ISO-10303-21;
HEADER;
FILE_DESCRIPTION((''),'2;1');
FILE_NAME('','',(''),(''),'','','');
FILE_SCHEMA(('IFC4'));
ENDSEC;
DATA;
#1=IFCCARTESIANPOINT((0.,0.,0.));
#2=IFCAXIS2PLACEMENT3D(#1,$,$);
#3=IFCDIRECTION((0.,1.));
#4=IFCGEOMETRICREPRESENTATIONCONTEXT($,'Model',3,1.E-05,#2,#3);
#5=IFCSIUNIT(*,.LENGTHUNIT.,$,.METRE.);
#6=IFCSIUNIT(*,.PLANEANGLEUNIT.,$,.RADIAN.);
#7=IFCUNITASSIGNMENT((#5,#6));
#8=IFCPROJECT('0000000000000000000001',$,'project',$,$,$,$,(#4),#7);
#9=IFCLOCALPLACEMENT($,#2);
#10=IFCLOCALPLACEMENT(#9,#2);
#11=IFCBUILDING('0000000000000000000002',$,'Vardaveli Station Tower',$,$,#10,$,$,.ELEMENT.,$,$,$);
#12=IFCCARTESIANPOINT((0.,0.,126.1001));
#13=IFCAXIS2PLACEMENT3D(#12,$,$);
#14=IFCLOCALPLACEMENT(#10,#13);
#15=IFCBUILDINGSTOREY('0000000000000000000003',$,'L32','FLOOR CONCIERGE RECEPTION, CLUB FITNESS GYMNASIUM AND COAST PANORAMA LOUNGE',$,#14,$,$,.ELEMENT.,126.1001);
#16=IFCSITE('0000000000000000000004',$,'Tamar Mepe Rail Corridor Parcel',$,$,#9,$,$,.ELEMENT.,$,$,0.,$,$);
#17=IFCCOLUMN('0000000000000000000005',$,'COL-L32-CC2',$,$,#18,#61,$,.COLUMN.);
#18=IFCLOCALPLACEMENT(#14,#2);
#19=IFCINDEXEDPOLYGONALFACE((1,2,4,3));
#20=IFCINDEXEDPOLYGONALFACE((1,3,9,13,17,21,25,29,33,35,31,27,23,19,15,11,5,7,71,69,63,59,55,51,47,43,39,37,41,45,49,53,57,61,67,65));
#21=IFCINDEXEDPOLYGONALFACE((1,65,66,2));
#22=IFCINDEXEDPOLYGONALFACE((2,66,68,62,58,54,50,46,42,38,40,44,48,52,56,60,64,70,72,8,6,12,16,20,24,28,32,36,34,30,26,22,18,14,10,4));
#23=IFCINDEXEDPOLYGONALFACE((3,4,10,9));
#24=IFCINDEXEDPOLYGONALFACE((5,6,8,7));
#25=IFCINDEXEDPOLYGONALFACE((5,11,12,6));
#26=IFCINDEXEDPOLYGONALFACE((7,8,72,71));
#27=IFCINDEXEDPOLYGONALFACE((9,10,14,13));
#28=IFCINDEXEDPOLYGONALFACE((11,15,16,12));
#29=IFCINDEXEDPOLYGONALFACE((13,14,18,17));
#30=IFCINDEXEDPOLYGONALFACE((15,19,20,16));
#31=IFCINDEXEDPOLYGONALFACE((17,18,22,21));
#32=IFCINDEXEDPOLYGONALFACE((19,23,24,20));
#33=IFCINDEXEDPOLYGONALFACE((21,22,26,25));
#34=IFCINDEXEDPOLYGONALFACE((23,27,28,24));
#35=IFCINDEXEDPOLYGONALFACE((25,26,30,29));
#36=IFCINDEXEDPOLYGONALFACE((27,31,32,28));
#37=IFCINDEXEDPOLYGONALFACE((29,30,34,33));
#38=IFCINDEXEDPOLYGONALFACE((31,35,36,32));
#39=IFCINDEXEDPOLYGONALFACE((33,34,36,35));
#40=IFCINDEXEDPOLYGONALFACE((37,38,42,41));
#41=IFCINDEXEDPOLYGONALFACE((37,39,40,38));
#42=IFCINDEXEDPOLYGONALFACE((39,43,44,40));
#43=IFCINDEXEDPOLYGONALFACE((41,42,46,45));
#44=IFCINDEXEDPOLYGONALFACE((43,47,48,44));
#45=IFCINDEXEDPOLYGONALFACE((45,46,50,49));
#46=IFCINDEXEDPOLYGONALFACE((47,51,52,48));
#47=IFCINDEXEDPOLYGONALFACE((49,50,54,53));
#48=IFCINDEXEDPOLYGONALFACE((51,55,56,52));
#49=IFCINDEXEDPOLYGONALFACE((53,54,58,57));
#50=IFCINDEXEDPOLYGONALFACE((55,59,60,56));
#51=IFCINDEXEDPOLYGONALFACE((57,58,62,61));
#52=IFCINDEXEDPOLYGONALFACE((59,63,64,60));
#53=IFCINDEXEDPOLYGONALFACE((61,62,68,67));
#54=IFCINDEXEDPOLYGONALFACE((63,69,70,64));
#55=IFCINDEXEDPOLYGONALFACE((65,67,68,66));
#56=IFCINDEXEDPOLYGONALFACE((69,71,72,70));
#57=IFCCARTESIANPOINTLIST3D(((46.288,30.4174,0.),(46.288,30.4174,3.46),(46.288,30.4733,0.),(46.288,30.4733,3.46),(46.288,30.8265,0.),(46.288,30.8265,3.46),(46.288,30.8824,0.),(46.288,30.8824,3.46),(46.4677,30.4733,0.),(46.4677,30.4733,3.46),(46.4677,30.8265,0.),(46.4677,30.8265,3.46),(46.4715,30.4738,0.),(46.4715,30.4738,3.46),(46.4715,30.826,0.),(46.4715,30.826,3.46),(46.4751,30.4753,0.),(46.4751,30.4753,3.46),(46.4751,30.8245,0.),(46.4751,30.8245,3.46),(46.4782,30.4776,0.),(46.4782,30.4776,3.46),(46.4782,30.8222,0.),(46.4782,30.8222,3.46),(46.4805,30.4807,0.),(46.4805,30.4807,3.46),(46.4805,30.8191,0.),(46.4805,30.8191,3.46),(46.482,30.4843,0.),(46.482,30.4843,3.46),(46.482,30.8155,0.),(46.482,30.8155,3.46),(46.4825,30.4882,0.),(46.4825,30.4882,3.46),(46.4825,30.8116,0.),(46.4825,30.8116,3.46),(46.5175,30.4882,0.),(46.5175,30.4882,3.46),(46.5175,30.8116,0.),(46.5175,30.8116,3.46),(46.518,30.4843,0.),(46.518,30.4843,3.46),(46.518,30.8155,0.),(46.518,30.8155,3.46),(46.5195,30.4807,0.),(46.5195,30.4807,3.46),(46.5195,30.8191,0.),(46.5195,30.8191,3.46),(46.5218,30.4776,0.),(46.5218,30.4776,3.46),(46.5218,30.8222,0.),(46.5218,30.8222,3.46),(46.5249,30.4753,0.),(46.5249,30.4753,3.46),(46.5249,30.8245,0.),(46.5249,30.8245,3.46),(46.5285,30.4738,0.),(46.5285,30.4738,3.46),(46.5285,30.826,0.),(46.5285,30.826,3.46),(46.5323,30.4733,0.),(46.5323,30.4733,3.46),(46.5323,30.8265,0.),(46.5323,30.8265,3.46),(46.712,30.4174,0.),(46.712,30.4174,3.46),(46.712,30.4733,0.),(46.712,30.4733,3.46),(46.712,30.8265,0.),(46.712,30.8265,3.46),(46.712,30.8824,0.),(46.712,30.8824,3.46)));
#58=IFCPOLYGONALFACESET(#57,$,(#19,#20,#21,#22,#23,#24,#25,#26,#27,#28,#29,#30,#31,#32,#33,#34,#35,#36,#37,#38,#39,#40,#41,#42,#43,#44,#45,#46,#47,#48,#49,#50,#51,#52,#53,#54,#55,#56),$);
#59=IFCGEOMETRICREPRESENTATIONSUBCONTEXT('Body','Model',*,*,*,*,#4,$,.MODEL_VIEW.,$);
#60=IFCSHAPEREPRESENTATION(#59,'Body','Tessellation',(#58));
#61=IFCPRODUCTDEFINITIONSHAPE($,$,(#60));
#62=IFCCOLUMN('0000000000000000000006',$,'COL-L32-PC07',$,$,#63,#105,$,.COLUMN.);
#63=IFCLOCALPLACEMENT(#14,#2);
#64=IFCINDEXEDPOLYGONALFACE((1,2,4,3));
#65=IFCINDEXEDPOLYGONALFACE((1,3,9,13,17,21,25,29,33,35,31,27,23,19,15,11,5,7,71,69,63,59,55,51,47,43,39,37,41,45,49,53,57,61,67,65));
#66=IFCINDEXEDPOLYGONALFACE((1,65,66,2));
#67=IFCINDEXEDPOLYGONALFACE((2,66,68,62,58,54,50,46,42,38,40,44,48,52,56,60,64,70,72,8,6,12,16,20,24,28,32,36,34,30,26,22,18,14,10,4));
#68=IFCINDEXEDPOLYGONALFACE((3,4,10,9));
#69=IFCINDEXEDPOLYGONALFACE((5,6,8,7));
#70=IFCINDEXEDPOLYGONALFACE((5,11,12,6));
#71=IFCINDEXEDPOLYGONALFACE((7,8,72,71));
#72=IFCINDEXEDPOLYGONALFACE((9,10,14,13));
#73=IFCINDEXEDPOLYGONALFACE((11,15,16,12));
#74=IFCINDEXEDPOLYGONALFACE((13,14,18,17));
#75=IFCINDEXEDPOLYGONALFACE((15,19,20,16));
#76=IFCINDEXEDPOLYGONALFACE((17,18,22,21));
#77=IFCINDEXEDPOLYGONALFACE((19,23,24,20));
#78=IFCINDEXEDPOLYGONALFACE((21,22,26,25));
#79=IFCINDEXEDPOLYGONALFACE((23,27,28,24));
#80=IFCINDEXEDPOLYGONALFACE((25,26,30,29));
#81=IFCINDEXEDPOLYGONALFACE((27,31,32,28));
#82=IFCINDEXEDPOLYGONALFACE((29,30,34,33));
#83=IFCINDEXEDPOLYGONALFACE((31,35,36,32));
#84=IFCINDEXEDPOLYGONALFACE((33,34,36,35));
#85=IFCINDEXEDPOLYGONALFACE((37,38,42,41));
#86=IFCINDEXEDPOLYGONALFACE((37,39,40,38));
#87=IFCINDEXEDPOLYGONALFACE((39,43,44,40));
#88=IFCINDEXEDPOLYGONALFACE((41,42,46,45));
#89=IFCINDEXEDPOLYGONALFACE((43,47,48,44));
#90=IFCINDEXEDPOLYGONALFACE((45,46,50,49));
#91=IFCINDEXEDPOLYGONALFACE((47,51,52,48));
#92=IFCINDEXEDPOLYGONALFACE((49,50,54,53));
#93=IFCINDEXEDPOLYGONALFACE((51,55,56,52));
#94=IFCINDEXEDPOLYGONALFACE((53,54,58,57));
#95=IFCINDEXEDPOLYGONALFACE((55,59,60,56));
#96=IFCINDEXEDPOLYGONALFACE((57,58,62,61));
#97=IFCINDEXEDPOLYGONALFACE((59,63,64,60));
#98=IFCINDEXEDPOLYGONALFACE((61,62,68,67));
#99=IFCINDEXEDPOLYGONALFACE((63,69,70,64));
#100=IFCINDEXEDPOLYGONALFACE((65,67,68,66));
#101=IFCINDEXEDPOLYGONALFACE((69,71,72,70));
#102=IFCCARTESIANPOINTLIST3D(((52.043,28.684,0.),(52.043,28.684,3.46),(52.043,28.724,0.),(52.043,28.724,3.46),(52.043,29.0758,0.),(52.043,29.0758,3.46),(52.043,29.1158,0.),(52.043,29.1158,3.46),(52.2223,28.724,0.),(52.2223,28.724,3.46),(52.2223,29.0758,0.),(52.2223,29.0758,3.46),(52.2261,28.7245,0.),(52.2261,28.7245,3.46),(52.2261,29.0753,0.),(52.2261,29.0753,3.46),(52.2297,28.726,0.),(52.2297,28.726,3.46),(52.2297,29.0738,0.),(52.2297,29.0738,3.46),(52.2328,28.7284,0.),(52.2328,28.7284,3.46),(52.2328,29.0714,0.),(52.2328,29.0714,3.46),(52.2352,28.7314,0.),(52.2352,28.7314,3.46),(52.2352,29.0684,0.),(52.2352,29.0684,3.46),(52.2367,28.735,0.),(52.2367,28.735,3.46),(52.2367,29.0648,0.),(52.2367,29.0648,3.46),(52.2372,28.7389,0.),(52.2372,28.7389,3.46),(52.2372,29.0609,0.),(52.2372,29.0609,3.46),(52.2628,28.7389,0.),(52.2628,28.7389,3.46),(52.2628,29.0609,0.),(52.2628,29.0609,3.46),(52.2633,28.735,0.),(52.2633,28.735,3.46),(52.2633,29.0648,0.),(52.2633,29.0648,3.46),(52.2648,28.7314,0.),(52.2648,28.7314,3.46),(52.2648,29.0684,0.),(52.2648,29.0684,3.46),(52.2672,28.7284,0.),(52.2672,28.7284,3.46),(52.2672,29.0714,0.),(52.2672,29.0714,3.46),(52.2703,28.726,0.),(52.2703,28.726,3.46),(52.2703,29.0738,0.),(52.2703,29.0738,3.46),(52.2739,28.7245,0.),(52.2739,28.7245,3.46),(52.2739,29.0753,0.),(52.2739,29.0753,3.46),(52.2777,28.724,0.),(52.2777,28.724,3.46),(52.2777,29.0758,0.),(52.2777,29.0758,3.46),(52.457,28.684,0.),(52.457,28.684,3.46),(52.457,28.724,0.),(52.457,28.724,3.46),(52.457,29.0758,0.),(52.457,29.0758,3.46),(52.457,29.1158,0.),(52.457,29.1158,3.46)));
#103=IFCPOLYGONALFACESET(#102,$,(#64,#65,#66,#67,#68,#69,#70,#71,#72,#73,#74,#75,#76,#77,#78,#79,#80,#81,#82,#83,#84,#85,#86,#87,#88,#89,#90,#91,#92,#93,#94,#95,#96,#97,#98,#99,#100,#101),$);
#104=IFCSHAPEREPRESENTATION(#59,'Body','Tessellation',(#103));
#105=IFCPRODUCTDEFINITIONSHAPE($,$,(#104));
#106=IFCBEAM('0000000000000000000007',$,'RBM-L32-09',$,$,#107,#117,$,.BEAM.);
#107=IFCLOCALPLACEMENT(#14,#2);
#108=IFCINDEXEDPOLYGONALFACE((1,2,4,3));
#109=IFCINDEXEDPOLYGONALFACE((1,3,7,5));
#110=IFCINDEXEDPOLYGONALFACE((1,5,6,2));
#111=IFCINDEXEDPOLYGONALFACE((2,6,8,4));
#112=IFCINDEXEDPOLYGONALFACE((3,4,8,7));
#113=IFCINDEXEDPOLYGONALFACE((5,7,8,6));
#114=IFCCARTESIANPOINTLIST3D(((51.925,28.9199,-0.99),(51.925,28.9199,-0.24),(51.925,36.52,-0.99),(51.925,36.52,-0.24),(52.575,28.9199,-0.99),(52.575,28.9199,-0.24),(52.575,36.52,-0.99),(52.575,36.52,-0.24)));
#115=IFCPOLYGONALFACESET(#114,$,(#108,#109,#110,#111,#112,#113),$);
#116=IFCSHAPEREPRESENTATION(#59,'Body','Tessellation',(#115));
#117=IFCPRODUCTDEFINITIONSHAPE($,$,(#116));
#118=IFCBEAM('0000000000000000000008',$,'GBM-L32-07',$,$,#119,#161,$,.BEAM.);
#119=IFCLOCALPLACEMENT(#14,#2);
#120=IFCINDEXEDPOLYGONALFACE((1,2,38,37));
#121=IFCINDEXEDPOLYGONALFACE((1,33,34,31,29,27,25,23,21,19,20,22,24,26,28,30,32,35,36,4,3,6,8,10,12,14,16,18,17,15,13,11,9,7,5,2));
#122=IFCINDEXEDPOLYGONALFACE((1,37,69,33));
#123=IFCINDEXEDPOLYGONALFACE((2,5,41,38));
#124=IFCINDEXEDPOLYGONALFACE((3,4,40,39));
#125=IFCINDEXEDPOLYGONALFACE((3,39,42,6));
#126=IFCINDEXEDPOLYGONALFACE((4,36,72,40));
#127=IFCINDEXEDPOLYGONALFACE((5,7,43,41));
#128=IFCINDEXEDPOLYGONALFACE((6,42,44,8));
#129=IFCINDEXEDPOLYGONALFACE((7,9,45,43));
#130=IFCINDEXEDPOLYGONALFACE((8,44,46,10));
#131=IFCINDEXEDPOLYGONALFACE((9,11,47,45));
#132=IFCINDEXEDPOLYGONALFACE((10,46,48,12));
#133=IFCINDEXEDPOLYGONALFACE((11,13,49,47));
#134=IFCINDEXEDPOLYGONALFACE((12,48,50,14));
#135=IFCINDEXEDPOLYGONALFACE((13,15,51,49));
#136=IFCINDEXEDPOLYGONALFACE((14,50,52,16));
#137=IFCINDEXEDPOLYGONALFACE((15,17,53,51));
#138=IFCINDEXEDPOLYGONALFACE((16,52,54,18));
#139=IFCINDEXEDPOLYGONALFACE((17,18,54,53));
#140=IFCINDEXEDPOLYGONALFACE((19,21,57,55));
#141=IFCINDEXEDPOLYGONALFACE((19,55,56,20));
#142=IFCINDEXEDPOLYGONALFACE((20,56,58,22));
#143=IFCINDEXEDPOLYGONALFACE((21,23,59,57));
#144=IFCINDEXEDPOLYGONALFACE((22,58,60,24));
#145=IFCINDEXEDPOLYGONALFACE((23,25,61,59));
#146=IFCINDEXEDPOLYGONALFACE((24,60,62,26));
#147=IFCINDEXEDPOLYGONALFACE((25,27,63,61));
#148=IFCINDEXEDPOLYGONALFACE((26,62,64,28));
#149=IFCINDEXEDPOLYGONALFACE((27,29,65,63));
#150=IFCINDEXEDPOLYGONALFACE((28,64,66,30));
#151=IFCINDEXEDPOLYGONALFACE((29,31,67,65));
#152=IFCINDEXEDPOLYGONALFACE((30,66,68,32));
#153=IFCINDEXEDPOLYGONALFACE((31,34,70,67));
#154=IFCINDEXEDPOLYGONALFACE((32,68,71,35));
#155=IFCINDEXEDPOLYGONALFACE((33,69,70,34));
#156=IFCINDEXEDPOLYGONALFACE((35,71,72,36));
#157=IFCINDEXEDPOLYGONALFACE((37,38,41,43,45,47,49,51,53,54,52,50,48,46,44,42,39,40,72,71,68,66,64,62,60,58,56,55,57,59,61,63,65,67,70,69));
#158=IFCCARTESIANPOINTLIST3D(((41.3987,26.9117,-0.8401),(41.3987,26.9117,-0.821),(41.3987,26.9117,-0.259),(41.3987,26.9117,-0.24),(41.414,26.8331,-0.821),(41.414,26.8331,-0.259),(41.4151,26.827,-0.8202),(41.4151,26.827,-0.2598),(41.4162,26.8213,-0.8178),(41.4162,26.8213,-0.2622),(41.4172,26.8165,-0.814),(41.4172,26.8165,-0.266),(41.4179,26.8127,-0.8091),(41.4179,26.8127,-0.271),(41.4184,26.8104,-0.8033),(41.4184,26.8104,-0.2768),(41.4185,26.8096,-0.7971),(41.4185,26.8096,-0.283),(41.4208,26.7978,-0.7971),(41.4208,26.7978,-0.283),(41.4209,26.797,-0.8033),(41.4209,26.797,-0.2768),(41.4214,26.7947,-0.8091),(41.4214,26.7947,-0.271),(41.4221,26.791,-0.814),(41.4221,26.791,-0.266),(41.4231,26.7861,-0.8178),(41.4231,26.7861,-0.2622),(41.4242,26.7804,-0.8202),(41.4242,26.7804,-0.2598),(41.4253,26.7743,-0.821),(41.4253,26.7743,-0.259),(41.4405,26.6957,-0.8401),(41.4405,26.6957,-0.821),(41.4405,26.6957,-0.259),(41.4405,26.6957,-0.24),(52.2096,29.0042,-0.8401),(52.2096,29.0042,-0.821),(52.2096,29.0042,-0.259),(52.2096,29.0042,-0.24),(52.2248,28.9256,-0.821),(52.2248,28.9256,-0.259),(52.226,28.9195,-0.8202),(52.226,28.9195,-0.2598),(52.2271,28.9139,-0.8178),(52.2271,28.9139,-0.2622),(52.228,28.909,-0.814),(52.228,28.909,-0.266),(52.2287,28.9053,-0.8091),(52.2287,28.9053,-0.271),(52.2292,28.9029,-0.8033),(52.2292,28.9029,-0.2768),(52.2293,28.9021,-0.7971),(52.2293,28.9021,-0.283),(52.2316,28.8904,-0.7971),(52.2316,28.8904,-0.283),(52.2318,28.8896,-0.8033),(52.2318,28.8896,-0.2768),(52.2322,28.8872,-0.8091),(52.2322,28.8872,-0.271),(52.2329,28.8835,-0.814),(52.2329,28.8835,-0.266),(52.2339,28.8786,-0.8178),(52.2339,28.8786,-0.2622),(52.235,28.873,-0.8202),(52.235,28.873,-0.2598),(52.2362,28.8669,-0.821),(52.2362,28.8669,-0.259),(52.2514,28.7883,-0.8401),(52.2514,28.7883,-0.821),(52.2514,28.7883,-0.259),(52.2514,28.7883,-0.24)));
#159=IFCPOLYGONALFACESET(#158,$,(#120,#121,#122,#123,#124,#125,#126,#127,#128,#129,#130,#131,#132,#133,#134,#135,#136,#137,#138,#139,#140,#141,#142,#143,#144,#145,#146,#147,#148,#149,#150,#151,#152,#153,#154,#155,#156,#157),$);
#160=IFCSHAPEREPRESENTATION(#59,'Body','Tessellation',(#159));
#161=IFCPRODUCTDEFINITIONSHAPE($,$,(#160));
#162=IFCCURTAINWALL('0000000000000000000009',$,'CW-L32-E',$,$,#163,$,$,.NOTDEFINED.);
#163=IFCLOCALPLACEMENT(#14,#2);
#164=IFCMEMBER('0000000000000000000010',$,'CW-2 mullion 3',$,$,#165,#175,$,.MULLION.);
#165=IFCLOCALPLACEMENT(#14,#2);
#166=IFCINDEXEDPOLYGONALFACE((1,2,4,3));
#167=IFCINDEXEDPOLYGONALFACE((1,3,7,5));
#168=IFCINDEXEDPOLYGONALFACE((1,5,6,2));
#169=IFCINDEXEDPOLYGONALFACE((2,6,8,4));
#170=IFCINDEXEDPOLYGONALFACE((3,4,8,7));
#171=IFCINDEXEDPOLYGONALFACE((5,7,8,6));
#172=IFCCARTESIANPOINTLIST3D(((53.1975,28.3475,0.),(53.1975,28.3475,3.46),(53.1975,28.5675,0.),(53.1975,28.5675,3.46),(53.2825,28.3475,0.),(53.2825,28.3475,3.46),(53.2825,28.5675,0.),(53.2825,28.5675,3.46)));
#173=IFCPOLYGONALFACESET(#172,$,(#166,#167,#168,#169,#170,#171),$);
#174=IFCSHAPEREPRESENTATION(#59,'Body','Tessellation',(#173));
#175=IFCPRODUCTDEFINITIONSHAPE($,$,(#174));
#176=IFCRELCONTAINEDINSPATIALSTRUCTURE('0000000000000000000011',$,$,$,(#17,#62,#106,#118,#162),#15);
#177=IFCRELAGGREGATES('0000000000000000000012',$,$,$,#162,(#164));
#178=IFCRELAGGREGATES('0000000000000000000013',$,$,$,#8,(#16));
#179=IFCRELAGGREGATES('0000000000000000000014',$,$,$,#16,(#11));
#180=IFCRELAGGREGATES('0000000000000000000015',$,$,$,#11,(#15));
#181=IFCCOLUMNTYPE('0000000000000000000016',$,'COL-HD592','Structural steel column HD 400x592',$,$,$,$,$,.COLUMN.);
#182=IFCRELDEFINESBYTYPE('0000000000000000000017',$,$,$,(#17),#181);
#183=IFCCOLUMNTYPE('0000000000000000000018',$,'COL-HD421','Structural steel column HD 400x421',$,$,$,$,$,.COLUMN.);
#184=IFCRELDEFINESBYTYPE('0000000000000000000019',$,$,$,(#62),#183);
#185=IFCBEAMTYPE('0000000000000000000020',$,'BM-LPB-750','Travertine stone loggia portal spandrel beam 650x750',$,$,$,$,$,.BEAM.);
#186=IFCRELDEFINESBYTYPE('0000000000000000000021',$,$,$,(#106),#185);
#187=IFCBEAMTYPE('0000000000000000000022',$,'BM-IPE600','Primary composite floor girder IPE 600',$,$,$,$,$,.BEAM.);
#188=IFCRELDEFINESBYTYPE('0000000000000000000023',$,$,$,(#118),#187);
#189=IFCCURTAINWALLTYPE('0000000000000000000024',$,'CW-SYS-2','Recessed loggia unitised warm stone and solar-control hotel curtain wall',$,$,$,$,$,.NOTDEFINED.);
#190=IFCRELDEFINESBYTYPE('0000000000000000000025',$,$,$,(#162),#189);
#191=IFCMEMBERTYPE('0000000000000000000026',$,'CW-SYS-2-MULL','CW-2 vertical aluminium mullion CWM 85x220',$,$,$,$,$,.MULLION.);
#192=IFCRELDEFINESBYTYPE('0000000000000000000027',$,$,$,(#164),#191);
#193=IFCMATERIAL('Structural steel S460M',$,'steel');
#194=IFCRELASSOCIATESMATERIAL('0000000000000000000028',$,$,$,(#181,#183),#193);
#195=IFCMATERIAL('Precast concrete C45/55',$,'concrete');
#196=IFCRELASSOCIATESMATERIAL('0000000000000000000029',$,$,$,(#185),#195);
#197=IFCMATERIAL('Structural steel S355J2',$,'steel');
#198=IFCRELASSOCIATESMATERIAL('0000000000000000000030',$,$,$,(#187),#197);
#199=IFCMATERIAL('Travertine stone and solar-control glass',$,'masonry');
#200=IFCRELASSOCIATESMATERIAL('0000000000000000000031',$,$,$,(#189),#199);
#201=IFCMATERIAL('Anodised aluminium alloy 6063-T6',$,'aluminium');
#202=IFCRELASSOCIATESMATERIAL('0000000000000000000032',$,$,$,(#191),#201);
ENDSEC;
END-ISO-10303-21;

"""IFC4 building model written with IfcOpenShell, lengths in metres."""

from ifc_helpers import new_model, si_unit, direction, frame, origin, origin_2d, place, context, subcontext, project, spatial, rectangle, i_section, extrude, source, transform, mapped, material, material_profile, profile_set, type_object, element, aggregate, save


model = new_model("IFC4")

# Units and contexts
model_context = context("Model", 3, precision=1e-05, world=origin(), true_north=direction((0.0, 1.0)))
body_context = subcontext(model_context, "Body", "Model", "MODEL_VIEW")
ifc_project = project(units=[si_unit("LENGTHUNIT", "METRE"), si_unit("PLANEANGLEUNIT", "RADIAN")], contexts=[model_context])

# Site, building, storey
site_placement = place(None, origin())
site = spatial("IfcSite", under=ifc_project, at=site_placement, Name="Tamar Mepe Rail Corridor Parcel", CompositionType="ELEMENT", RefElevation=0.0)
building_placement = place(site_placement, origin())
building = spatial("IfcBuilding", under=site, at=building_placement, Name="Vardaveli Station Tower", CompositionType="ELEMENT")
storey_placement = place(building_placement, frame((0.0, 0.0, 126.1001)))
storey = spatial("IfcBuildingStorey", under=building, at=storey_placement, Name="L32", Description="FLOOR CONCIERGE RECEPTION, CLUB FITNESS GYMNASIUM AND COAST PANORAMA LOUNGE", CompositionType="ELEMENT", Elevation=126.1001)

# Columns
ifc_material_1 = material(Name="Structural steel S460M", Category="steel")
ifc_material_profile_1 = material_profile(ifc_material_1, i_section(OverallWidth=0.4241, OverallDepth=0.4651, WebThickness=0.0349, FlangeThickness=0.0559, FilletRadius=0.0149, at=origin_2d()), Name="HD 400x592")
ifc_profile_set_1 = profile_set([ifc_material_profile_1], Name="Structural steel S460M")
column_type_1 = type_object("IfcColumnType", Name="COL-HD592", Description="Structural steel column HD 400x592", PredefinedType="COLUMN", material=ifc_profile_set_1)
shared_shape_1 = source(origin(), body_context, "Body", "SweptSolid", [
    extrude(i_section(OverallWidth=0.4241, OverallDepth=0.4651, WebThickness=0.0349, FlangeThickness=0.0559, FilletRadius=0.0149, at=origin_2d()), origin(), (0.0, 0.0, 1.0), 3.46),
])
column_1_placement = place(storey_placement, frame((46.5, 30.6499, 0.0), z_axis=(0.0, 0.0, 1.0), x_axis=(1.0, 0.0, 0.0)))
element("IfcColumn", 1, at=column_1_placement, inside=storey, type_object=column_type_1, Name="COL-L32-CC2", PredefinedType="COLUMN", context=body_context, shape_type="MappedRepresentation", body=[
    mapped(shared_shape_1, transform((0.0, 0.0, 0.0), scale=1.0)),
])
ifc_material_profile_2 = material_profile(ifc_material_1, i_section(OverallWidth=0.4141, OverallDepth=0.4319, WebThickness=0.0256, FlangeThickness=0.04, FilletRadius=0.0149, at=origin_2d()), Name="HD 400x421")
ifc_profile_set_2 = profile_set([ifc_material_profile_2], Name="Structural steel S460M")
column_type_2 = type_object("IfcColumnType", Name="COL-HD421", Description="Structural steel column HD 400x421", PredefinedType="COLUMN", material=ifc_profile_set_2)
shared_shape_2 = source(origin(), body_context, "Body", "SweptSolid", [
    extrude(i_section(OverallWidth=0.4141, OverallDepth=0.4319, WebThickness=0.0256, FlangeThickness=0.04, FilletRadius=0.0149, at=origin_2d()), origin(), (0.0, 0.0, 1.0), 3.46),
])
column_2_placement = place(storey_placement, frame((52.25, 28.8999, 0.0), z_axis=(0.0, 0.0, 1.0), x_axis=(1.0, 0.0, 0.0)))
element("IfcColumn", 2, at=column_2_placement, inside=storey, type_object=column_type_2, Name="COL-L32-PC07", PredefinedType="COLUMN", context=body_context, shape_type="MappedRepresentation", body=[
    mapped(shared_shape_2, transform((0.0, 0.0, 0.0), scale=1.0)),
])

# Beams
ifc_material_2 = material(Name="Precast concrete C45/55", Category="concrete")
ifc_material_profile_3 = material_profile(ifc_material_2, rectangle(XDim=0.6499, YDim=0.75, at=origin_2d()), Name="LPB 650x750")
ifc_profile_set_3 = profile_set([ifc_material_profile_3], Name="Precast concrete C45/55")
beam_type_1 = type_object("IfcBeamType", Name="BM-LPB-750", Description="Travertine stone loggia portal spandrel beam 650x750", PredefinedType="BEAM", material=ifc_profile_set_3)
shared_shape_3 = source(origin(), body_context, "Body", "SweptSolid", [
    extrude(rectangle(XDim=0.6499, YDim=0.75, at=origin_2d()), origin(), (0.0, 0.0, 1.0), 7.6001),
])
beam_1_placement = place(storey_placement, frame((52.25, 28.9199, -0.615), z_axis=(0.0, 1.0, 0.0), x_axis=(-1.0, 0.0, 0.0)))
element("IfcBeam", 3, at=beam_1_placement, inside=storey, type_object=beam_type_1, Name="RBM-L32-09", PredefinedType="BEAM", context=body_context, shape_type="MappedRepresentation", body=[
    mapped(shared_shape_3, transform((0.0, 0.0, 0.0), scale=1.0)),
])
ifc_material_3 = material(Name="Structural steel S355J2", Category="steel")
ifc_material_profile_4 = material_profile(ifc_material_3, i_section(OverallWidth=0.22, OverallDepth=0.6001, WebThickness=0.012, FlangeThickness=0.019, FilletRadius=0.0239, at=origin_2d()), Name="IPE 600")
ifc_profile_set_4 = profile_set([ifc_material_profile_4], Name="Structural steel S355J2")
beam_type_2 = type_object("IfcBeamType", Name="BM-IPE600", Description="Primary composite floor girder IPE 600", PredefinedType="BEAM", material=ifc_profile_set_4)
shared_shape_4 = source(origin(), body_context, "Body", "SweptSolid", [
    extrude(i_section(OverallWidth=0.22, OverallDepth=0.6001, WebThickness=0.012, FlangeThickness=0.019, FilletRadius=0.0239, at=origin_2d()), origin(), (0.0, 0.0, 1.0), 11.0115),
])
beam_2_placement = place(storey_placement, frame((52.2305, 28.8962, -0.54), z_axis=(-0.981778, -0.190032, 0.0), x_axis=(0.190032, -0.981778, 0.0)))
element("IfcBeam", 4, at=beam_2_placement, inside=storey, type_object=beam_type_2, Name="GBM-L32-07", PredefinedType="BEAM", context=body_context, shape_type="MappedRepresentation", body=[
    mapped(shared_shape_4, transform((0.0, 0.0, 0.0), scale=1.0)),
])

# Curtain wall, member
ifc_material_4 = material(Name="Travertine stone and solar-control glass", Category="masonry")
curtain_wall_type = type_object("IfcCurtainWallType", Name="CW-SYS-2", Description="Recessed loggia unitised warm stone and solar-control hotel curtain wall", PredefinedType="NOTDEFINED", material=ifc_material_4)
curtain_wall_placement = place(storey_placement, origin())
curtain_wall = element("IfcCurtainWall", 5, at=curtain_wall_placement, inside=storey, type_object=curtain_wall_type, Name="CW-L32-E", PredefinedType="NOTDEFINED")
ifc_material_5 = material(Name="Anodised aluminium alloy 6063-T6", Category="aluminium")
ifc_material_profile_5 = material_profile(ifc_material_5, rectangle(XDim=0.085, YDim=0.22, at=origin_2d()), Name="CWM 85x220")
ifc_profile_set_5 = profile_set([ifc_material_profile_5], Name="Anodised aluminium alloy 6063-T6")
member_type = type_object("IfcMemberType", Name="CW-SYS-2-MULL", Description="CW-2 vertical aluminium mullion CWM 85x220", PredefinedType="MULLION", material=ifc_profile_set_5)
shared_shape_5 = source(origin(), body_context, "Body", "SweptSolid", [
    extrude(rectangle(XDim=0.085, YDim=0.22, at=origin_2d()), origin(), (0.0, 0.0, 1.0), 3.46),
])
member_placement = place(storey_placement, frame((53.24, 28.4575, 0.0), z_axis=(0.0, 0.0, 1.0), x_axis=(-1.0, 0.0, 0.0)))
member = element("IfcMember", 6, at=member_placement, type_object=member_type, Name="CW-2 mullion 3", PredefinedType="MULLION", context=body_context, shape_type="MappedRepresentation", body=[
    mapped(shared_shape_5, transform((0.0, 0.0, 0.0), scale=1.0)),
])
aggregate(curtain_wall, [member])

save(model, "model.ifc")
